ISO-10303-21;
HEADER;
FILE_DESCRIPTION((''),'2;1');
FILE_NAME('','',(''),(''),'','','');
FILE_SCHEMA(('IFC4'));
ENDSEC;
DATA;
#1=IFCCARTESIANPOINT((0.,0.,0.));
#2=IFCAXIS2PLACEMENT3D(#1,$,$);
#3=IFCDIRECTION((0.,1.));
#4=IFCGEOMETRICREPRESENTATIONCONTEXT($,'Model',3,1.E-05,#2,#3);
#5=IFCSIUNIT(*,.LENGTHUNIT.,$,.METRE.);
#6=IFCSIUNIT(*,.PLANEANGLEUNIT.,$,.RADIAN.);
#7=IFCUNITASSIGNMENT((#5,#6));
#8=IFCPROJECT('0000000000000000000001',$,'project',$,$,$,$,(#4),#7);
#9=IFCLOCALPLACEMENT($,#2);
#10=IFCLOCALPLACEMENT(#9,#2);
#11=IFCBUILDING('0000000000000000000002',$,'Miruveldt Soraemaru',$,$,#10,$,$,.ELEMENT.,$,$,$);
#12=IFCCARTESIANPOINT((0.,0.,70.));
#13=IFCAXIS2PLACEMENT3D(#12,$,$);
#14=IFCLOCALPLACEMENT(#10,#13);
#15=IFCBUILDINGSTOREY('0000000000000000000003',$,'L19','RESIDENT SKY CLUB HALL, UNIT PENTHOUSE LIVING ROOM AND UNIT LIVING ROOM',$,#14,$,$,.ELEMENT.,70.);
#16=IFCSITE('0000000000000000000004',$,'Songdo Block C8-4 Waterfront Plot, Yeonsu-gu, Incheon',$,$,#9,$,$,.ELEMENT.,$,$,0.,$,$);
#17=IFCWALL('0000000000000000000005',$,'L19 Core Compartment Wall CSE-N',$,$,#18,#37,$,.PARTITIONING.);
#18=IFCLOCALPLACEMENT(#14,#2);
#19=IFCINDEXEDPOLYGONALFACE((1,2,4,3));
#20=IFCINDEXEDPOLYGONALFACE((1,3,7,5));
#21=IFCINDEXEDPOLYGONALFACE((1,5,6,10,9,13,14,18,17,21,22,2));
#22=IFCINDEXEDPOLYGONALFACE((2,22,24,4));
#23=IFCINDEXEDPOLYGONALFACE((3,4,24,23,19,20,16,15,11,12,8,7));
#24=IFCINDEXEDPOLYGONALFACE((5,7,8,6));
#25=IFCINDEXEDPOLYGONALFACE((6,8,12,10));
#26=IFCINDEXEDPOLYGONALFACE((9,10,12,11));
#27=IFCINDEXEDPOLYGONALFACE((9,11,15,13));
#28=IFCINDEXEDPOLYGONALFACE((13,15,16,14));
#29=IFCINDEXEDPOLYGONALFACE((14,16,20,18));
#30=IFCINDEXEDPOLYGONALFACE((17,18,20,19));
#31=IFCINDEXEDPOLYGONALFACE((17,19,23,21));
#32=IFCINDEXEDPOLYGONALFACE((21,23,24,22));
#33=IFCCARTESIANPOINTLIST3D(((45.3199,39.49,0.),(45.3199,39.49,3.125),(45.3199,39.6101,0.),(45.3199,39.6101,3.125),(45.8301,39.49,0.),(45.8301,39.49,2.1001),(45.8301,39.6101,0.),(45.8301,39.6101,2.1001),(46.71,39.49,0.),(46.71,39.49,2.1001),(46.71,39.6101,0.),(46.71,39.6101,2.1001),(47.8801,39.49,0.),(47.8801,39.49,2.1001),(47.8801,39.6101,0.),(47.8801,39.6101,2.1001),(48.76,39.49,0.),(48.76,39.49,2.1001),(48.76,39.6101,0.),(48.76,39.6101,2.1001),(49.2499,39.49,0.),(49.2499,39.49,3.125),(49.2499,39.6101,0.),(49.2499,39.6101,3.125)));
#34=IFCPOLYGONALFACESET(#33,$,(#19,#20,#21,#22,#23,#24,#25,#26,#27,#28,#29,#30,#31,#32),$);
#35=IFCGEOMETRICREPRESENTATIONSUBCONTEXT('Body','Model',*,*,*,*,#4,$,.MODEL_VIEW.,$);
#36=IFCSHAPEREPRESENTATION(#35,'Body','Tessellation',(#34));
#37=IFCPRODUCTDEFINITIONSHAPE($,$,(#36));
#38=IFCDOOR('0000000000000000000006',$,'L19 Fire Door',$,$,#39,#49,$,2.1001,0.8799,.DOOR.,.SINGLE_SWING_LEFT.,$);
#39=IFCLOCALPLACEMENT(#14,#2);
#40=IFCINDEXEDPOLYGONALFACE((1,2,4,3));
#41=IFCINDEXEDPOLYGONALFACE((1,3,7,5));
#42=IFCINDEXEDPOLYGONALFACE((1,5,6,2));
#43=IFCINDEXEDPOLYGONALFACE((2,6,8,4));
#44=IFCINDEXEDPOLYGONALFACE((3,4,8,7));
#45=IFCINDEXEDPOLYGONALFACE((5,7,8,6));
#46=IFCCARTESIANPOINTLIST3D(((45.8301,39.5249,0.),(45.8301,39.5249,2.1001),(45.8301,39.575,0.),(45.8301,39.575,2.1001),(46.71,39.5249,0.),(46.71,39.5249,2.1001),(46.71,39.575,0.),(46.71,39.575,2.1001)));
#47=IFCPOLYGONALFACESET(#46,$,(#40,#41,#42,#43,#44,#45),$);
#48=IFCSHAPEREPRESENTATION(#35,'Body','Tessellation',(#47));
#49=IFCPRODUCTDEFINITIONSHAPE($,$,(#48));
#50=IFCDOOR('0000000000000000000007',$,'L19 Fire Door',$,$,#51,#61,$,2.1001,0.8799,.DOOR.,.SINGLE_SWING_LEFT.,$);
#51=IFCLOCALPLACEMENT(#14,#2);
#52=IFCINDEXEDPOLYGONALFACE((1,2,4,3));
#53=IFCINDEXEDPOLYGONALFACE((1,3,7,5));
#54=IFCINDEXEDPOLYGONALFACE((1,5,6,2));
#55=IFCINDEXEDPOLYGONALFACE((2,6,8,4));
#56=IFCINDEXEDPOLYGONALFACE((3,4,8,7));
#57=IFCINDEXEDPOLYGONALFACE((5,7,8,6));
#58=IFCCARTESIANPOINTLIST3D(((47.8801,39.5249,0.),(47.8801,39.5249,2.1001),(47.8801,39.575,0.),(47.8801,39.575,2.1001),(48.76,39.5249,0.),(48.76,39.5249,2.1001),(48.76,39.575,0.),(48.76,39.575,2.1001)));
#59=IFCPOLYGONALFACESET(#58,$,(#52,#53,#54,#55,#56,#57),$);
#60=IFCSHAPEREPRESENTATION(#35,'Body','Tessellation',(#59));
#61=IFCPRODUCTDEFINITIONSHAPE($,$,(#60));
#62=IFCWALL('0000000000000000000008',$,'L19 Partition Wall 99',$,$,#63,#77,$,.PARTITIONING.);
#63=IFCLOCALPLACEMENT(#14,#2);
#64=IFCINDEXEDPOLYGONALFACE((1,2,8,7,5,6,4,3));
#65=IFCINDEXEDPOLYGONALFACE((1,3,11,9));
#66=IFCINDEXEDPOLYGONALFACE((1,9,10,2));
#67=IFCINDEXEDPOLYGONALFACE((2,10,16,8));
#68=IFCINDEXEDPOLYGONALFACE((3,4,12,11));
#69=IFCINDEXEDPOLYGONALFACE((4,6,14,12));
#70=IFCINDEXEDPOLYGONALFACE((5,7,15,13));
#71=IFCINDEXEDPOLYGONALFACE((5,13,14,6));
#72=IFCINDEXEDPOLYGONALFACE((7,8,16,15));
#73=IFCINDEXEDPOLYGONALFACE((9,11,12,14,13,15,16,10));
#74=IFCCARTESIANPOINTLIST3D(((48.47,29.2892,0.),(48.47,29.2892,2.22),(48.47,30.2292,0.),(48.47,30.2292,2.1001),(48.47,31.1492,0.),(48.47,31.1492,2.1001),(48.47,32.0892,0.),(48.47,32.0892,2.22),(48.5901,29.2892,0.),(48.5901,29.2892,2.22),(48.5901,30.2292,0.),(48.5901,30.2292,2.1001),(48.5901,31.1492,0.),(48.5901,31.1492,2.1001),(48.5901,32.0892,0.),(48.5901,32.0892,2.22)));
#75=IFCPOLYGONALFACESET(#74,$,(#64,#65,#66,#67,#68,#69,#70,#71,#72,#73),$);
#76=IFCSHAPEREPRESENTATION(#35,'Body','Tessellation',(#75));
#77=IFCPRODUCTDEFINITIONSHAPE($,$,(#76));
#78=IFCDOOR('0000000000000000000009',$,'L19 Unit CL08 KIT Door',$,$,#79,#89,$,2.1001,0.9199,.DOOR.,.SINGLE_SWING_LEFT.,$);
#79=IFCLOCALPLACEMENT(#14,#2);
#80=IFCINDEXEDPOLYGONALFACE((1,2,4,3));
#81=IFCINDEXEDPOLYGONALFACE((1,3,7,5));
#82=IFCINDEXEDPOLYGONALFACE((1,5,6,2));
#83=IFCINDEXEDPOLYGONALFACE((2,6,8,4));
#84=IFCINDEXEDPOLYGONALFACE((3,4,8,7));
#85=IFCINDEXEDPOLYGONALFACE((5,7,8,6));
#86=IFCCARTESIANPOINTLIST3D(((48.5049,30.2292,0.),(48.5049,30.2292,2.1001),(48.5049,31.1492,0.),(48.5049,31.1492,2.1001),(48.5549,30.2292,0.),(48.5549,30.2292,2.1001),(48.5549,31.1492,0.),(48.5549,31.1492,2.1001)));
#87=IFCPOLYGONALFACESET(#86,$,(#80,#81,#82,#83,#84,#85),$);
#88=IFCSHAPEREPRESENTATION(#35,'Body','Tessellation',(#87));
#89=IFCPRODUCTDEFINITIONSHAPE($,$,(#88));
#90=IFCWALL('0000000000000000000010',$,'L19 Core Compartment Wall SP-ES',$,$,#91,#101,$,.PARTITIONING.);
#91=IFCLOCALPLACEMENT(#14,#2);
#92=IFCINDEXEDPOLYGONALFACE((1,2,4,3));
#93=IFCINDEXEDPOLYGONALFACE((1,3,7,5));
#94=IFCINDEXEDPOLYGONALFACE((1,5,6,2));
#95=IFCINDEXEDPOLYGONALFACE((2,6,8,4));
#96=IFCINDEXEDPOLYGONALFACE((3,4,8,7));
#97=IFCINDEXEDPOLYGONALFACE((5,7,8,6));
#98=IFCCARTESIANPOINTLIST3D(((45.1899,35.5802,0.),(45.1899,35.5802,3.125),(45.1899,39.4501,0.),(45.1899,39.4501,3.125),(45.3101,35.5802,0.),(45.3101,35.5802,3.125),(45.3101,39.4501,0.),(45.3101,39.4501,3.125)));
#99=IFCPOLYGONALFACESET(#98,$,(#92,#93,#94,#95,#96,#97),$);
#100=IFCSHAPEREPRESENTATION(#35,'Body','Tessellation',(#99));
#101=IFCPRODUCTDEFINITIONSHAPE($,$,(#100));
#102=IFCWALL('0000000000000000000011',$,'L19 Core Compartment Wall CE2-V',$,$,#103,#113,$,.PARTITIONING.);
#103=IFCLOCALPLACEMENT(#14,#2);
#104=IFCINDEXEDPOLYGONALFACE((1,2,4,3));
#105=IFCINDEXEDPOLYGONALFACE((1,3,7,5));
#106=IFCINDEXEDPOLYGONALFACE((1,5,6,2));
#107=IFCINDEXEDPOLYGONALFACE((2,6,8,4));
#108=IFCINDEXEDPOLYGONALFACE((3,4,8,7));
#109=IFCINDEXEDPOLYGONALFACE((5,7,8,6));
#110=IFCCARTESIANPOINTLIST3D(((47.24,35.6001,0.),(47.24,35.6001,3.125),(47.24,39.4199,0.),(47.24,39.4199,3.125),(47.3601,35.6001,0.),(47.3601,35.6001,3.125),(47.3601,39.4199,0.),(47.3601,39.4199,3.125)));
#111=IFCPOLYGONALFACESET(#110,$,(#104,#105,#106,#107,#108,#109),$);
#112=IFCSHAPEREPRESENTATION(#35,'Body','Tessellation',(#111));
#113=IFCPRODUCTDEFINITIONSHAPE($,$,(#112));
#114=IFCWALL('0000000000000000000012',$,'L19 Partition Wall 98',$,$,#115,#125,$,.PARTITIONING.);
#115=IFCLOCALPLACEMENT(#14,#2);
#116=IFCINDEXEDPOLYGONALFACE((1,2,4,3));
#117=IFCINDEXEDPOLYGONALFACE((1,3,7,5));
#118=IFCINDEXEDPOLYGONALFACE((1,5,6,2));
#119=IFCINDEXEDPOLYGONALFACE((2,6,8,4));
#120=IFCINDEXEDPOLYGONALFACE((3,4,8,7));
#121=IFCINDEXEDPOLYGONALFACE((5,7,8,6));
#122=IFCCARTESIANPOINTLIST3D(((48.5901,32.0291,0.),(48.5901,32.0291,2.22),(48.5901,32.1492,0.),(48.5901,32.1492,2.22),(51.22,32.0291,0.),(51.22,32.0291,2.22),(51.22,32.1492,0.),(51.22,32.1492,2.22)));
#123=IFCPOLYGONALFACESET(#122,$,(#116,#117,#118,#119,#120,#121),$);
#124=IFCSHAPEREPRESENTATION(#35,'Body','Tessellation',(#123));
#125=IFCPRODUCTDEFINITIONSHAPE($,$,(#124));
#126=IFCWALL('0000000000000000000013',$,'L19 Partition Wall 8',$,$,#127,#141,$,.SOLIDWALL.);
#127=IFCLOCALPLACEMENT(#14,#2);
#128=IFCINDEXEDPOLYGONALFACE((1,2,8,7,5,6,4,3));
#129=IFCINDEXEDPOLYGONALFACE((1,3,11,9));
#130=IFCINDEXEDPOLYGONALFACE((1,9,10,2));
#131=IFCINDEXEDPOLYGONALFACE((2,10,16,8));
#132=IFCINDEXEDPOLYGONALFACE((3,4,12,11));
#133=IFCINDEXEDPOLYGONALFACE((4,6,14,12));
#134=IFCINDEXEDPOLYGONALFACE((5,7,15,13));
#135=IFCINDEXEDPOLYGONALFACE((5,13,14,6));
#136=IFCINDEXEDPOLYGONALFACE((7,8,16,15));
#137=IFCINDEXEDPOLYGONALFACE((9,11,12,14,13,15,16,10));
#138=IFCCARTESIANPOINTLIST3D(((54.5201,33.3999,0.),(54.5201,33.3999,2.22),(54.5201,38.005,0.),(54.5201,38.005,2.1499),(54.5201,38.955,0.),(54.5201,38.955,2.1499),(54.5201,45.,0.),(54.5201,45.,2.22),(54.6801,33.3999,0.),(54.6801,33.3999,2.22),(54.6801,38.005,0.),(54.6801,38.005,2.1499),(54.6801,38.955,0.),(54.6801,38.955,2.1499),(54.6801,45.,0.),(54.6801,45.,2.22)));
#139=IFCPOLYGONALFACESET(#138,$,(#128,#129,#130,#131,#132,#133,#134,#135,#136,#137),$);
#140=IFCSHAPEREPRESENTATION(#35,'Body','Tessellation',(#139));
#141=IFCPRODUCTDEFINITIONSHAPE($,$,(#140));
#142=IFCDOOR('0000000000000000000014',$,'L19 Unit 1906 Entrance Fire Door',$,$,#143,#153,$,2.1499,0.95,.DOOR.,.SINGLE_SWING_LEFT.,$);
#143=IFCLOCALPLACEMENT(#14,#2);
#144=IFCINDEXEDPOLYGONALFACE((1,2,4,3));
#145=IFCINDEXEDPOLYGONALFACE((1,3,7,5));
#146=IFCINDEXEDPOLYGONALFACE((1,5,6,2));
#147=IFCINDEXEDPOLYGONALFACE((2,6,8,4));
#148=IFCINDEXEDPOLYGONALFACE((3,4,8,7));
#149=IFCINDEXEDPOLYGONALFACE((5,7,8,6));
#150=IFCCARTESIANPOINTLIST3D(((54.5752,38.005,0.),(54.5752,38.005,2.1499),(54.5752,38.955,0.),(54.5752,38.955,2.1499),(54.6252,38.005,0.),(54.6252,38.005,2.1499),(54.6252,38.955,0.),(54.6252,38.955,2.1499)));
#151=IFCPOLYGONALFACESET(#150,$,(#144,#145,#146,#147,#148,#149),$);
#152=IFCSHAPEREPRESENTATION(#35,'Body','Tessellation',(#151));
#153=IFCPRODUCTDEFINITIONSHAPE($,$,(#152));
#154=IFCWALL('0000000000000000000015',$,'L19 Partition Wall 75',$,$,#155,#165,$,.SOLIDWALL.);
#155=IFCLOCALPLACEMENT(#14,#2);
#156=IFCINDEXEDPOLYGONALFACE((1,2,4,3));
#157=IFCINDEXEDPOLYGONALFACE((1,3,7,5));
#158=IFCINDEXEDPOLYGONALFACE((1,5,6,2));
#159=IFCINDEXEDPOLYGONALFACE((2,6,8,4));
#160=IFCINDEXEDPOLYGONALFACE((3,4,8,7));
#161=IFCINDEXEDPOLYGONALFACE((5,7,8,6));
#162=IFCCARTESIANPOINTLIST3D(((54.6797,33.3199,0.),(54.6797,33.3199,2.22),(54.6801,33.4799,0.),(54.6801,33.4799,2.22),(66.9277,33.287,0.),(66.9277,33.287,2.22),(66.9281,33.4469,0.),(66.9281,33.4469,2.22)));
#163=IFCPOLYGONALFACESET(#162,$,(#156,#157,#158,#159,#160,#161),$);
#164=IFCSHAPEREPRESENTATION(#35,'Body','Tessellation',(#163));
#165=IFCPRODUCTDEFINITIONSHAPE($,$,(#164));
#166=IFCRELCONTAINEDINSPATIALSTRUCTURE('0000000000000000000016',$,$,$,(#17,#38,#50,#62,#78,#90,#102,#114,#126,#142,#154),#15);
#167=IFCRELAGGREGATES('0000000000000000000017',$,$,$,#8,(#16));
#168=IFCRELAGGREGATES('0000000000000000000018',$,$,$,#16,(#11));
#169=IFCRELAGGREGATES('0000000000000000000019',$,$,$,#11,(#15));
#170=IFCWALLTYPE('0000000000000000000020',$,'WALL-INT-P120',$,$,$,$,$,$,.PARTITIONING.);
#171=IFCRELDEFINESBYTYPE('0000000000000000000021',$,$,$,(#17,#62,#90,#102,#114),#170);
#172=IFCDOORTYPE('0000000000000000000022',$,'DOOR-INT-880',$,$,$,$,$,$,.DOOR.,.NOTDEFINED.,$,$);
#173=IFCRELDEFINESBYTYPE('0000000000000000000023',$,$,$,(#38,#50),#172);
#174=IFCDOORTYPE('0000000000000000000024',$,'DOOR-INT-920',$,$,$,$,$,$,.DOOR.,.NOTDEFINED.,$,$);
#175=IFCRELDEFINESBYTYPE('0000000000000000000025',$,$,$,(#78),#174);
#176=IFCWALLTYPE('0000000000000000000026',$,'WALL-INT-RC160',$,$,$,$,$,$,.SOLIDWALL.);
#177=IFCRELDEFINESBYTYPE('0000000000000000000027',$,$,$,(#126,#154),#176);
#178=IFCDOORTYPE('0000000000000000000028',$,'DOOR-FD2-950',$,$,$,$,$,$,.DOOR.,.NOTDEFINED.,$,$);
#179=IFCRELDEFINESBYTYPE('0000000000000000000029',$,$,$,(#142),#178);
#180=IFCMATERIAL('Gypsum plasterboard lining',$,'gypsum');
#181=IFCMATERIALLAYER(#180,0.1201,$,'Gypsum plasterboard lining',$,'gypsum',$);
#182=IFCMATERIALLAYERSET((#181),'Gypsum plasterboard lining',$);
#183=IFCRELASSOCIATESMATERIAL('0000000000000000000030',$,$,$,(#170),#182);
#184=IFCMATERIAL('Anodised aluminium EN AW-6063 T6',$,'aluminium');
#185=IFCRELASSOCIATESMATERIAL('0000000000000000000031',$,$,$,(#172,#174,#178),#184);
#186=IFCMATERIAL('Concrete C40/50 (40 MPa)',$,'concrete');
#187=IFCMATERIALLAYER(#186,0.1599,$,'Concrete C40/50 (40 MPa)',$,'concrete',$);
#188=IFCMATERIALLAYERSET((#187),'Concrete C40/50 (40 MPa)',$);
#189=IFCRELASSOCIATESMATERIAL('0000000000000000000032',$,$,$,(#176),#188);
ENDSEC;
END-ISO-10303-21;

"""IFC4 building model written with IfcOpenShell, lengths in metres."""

from ifc_helpers import new_model, si_unit, direction, frame, frame_2d, origin, place, context, subcontext, project, spatial, rectangle, extrude, material, layer, layer_set, type_object, element, fill, save


model = new_model("IFC4")

# Units and contexts
model_context = context("Model", 3, precision=1e-05, world=origin(), true_north=direction((0.0, 1.0)))
body_context = subcontext(model_context, "Body", "Model", "MODEL_VIEW")
ifc_project = project(units=[si_unit("LENGTHUNIT", "METRE"), si_unit("PLANEANGLEUNIT", "RADIAN")], contexts=[model_context])

# Site, building, storey
site_placement = place(None, origin())
site = spatial("IfcSite", under=ifc_project, at=site_placement, Name="Songdo Block C8-4 Waterfront Plot, Yeonsu-gu, Incheon", CompositionType="ELEMENT", RefElevation=0.0)
building_placement = place(site_placement, origin())
building = spatial("IfcBuilding", under=site, at=building_placement, Name="Miruveldt Soraemaru", CompositionType="ELEMENT")
storey_placement = place(building_placement, frame((0.0, 0.0, 70.0)))
storey = spatial("IfcBuildingStorey", under=building, at=storey_placement, Name="L19", Description="RESIDENT SKY CLUB HALL, UNIT PENTHOUSE LIVING ROOM AND UNIT LIVING ROOM", CompositionType="ELEMENT", Elevation=70.0)

# Wall, openings, doors
ifc_material_1 = material(Name="Gypsum plasterboard lining", Category="gypsum")
ifc_layer_1 = layer(ifc_material_1, 0.1201, Name="Gypsum plasterboard lining", Category="gypsum")
ifc_layer_set_1 = layer_set([ifc_layer_1], Name="Gypsum plasterboard lining")
wall_type_1 = type_object("IfcWallType", Name="WALL-INT-P120", PredefinedType="PARTITIONING", material=ifc_layer_set_1)
wall_1_placement = place(storey_placement, frame((45.3201, 39.55, 0.0), z_axis=(0.0, 0.0, 1.0), x_axis=(1.0, 0.0, 0.0)))
wall_1 = element("IfcWall", 1, at=wall_1_placement, inside=storey, type_object=wall_type_1, Name="L19 Core Compartment Wall CSE-N", PredefinedType="PARTITIONING", context=body_context, shape_type="SweptSolid", body=[
    extrude(rectangle(XDim=3.9299, YDim=0.1201, at=frame_2d((1.9648, 0.0))), origin(), (0.0, 0.0, 1.0), 3.125),
])
opening_1_placement = place(wall_1_placement, frame((0.51, 0.0, 0.0)))
opening_1 = element("IfcOpeningElement", 2, at=opening_1_placement, cuts=wall_1, PredefinedType="OPENING", context=body_context, shape_type="SweptSolid", body=[
    extrude(rectangle(XDim=0.8799, YDim=2.1001, at=frame_2d((0.4399, 1.05))), frame((0.0, 0.0701, 0.0), z_axis=(0.0, -1.0, 0.0), x_axis=(1.0, 0.0, 0.0)), (0.0, 0.0, 1.0), 0.1401),
])
opening_2_placement = place(wall_1_placement, frame((2.5601, 0.0, 0.0)))
opening_2 = element("IfcOpeningElement", 3, at=opening_2_placement, cuts=wall_1, PredefinedType="OPENING", context=body_context, shape_type="SweptSolid", body=[
    extrude(rectangle(XDim=0.8799, YDim=2.1001, at=frame_2d((0.4399, 1.05))), frame((0.0, 0.0701, 0.0), z_axis=(0.0, -1.0, 0.0), x_axis=(1.0, 0.0, 0.0)), (0.0, 0.0, 1.0), 0.1401),
])
ifc_material_2 = material(Name="Anodised aluminium EN AW-6063 T6", Category="aluminium")
door_type_1 = type_object("IfcDoorType", Name="DOOR-INT-880", OperationType="NOTDEFINED", PredefinedType="DOOR", material=ifc_material_2)
door_1_placement = place(opening_1_placement, origin())
door_1 = element("IfcDoor", 4, at=door_1_placement, inside=storey, type_object=door_type_1, Name="L19 Fire Door", OperationType="SINGLE_SWING_LEFT", OverallHeight=2.1001, OverallWidth=0.8799, PredefinedType="DOOR", context=body_context, shape_type="SweptSolid", body=[
    extrude(rectangle(XDim=0.8799, YDim=2.1001, at=frame_2d((0.4399, 1.05))), frame((0.0, 0.0249, 0.0), z_axis=(0.0, -1.0, 0.0), x_axis=(1.0, 0.0, 0.0)), (0.0, 0.0, 1.0), 0.05),
])
fill(opening_1, door_1)
door_2_placement = place(opening_2_placement, origin())
door_2 = element("IfcDoor", 5, at=door_2_placement, inside=storey, type_object=door_type_1, Name="L19 Fire Door", OperationType="SINGLE_SWING_LEFT", OverallHeight=2.1001, OverallWidth=0.8799, PredefinedType="DOOR", context=body_context, shape_type="SweptSolid", body=[
    extrude(rectangle(XDim=0.8799, YDim=2.1001, at=frame_2d((0.4399, 1.05))), frame((0.0, 0.0249, 0.0), z_axis=(0.0, -1.0, 0.0), x_axis=(1.0, 0.0, 0.0)), (0.0, 0.0, 1.0), 0.05),
])
fill(opening_2, door_2)

# Wall, opening, door
wall_2_placement = place(storey_placement, frame((48.53, 32.0891, 0.0), z_axis=(0.0, 0.0, 1.0), x_axis=(0.0, -1.0, 0.0)))
wall_2 = element("IfcWall", 6, at=wall_2_placement, inside=storey, type_object=wall_type_1, Name="L19 Partition Wall 99", PredefinedType="PARTITIONING", context=body_context, shape_type="SweptSolid", body=[
    extrude(rectangle(XDim=2.8, YDim=0.1201, at=frame_2d((1.3999, 0.0))), origin(), (0.0, 0.0, 1.0), 2.22),
])
opening_3_placement = place(wall_2_placement, frame((0.9399, 0.0, 0.0)))
opening_3 = element("IfcOpeningElement", 7, at=opening_3_placement, cuts=wall_2, PredefinedType="OPENING", context=body_context, shape_type="SweptSolid", body=[
    extrude(rectangle(XDim=0.9199, YDim=2.1001, at=frame_2d((0.46, 1.05))), frame((0.0, 0.0701, 0.0), z_axis=(0.0, -1.0, 0.0), x_axis=(1.0, 0.0, 0.0)), (0.0, 0.0, 1.0), 0.1401),
])
door_type_2 = type_object("IfcDoorType", Name="DOOR-INT-920", OperationType="NOTDEFINED", PredefinedType="DOOR", material=ifc_material_2)
door_3_placement = place(opening_3_placement, origin())
door_3 = element("IfcDoor", 8, at=door_3_placement, inside=storey, type_object=door_type_2, Name="L19 Unit CL08 KIT Door", OperationType="SINGLE_SWING_LEFT", OverallHeight=2.1001, OverallWidth=0.9199, PredefinedType="DOOR", context=body_context, shape_type="SweptSolid", body=[
    extrude(rectangle(XDim=0.9199, YDim=2.1001, at=frame_2d((0.46, 1.05))), frame((0.0, 0.0249, 0.0), z_axis=(0.0, -1.0, 0.0), x_axis=(1.0, 0.0, 0.0)), (0.0, 0.0, 1.0), 0.05),
])
fill(opening_3, door_3)

# Walls
wall_3_placement = place(storey_placement, frame((45.25, 35.5801, 0.0), z_axis=(0.0, 0.0, 1.0), x_axis=(0.0, 1.0, 0.0)))
element("IfcWall", 9, at=wall_3_placement, inside=storey, type_object=wall_type_1, Name="L19 Core Compartment Wall SP-ES", PredefinedType="PARTITIONING", context=body_context, shape_type="SweptSolid", body=[
    extrude(rectangle(XDim=3.8699, YDim=0.1201, at=frame_2d((1.9351, 0.0))), origin(), (0.0, 0.0, 1.0), 3.125),
])
wall_4_placement = place(storey_placement, frame((47.3, 35.6001, 0.0), z_axis=(0.0, 0.0, 1.0), x_axis=(0.0, 1.0, 0.0)))
element("IfcWall", 10, at=wall_4_placement, inside=storey, type_object=wall_type_1, Name="L19 Core Compartment Wall CE2-V", PredefinedType="PARTITIONING", context=body_context, shape_type="SweptSolid", body=[
    extrude(rectangle(XDim=3.8198, YDim=0.1201, at=frame_2d((1.9099, 0.0))), origin(), (0.0, 0.0, 1.0), 3.125),
])
wall_5_placement = place(storey_placement, frame((51.22, 32.0891, 0.0), z_axis=(0.0, 0.0, 1.0), x_axis=(-1.0, 0.0, 0.0)))
element("IfcWall", 11, at=wall_5_placement, inside=storey, type_object=wall_type_1, Name="L19 Partition Wall 98", PredefinedType="PARTITIONING", context=body_context, shape_type="SweptSolid", body=[
    extrude(rectangle(XDim=2.6299, YDim=0.1201, at=frame_2d((1.3149, 0.0))), origin(), (0.0, 0.0, 1.0), 2.22),
])

# Wall, opening, door
ifc_material_3 = material(Name="Concrete C40/50 (40 MPa)", Category="concrete")
ifc_layer_2 = layer(ifc_material_3, 0.1599, Name="Concrete C40/50 (40 MPa)", Category="concrete")
ifc_layer_set_2 = layer_set([ifc_layer_2], Name="Concrete C40/50 (40 MPa)")
wall_type_2 = type_object("IfcWallType", Name="WALL-INT-RC160", PredefinedType="SOLIDWALL", material=ifc_layer_set_2)
wall_6_placement = place(storey_placement, frame((54.6001, 33.3999, 0.0), z_axis=(0.0, 0.0, 1.0), x_axis=(0.0, 1.0, 0.0)))
wall_6 = element("IfcWall", 12, at=wall_6_placement, inside=storey, type_object=wall_type_2, Name="L19 Partition Wall 8", PredefinedType="SOLIDWALL", context=body_context, shape_type="SweptSolid", body=[
    extrude(rectangle(XDim=11.6001, YDim=0.1599, at=frame_2d((5.8, 0.0))), origin(), (0.0, 0.0, 1.0), 2.22),
])
opening_4_placement = place(wall_6_placement, frame((4.605, 0.0, 0.0)))
opening_4 = element("IfcOpeningElement", 13, at=opening_4_placement, cuts=wall_6, PredefinedType="OPENING", context=body_context, shape_type="SweptSolid", body=[
    extrude(rectangle(XDim=0.95, YDim=2.1499, at=frame_2d((0.4751, 1.075))), frame((0.0, 0.0898, 0.0), z_axis=(0.0, -1.0, 0.0), x_axis=(1.0, 0.0, 0.0)), (0.0, 0.0, 1.0), 0.1799),
])
door_type_3 = type_object("IfcDoorType", Name="DOOR-FD2-950", OperationType="NOTDEFINED", PredefinedType="DOOR", material=ifc_material_2)
door_4_placement = place(opening_4_placement, origin())
door_4 = element("IfcDoor", 14, at=door_4_placement, inside=storey, type_object=door_type_3, Name="L19 Unit 1906 Entrance Fire Door", OperationType="SINGLE_SWING_LEFT", OverallHeight=2.1499, OverallWidth=0.95, PredefinedType="DOOR", context=body_context, shape_type="SweptSolid", body=[
    extrude(rectangle(XDim=0.95, YDim=2.1499, at=frame_2d((0.4751, 1.075))), frame((0.0, 0.0249, 0.0), z_axis=(0.0, -1.0, 0.0), x_axis=(1.0, 0.0, 0.0)), (0.0, 0.0, 1.0), 0.05),
])
fill(opening_4, door_4)

# Wall
wall_7_placement = place(storey_placement, frame((54.6799, 33.3999, 0.0), z_axis=(0.0, 0.0, 1.0), x_axis=(0.999996, -0.002691, 0.0)))
element("IfcWall", 15, at=wall_7_placement, inside=storey, type_object=wall_type_2, Name="L19 Partition Wall 75", PredefinedType="SOLIDWALL", context=body_context, shape_type="SweptSolid", body=[
    extrude(rectangle(XDim=12.248, YDim=0.1599, at=frame_2d((6.124, 0.0))), origin(), (0.0, 0.0, 1.0), 2.22),
])

save(model, "model.ifc")
